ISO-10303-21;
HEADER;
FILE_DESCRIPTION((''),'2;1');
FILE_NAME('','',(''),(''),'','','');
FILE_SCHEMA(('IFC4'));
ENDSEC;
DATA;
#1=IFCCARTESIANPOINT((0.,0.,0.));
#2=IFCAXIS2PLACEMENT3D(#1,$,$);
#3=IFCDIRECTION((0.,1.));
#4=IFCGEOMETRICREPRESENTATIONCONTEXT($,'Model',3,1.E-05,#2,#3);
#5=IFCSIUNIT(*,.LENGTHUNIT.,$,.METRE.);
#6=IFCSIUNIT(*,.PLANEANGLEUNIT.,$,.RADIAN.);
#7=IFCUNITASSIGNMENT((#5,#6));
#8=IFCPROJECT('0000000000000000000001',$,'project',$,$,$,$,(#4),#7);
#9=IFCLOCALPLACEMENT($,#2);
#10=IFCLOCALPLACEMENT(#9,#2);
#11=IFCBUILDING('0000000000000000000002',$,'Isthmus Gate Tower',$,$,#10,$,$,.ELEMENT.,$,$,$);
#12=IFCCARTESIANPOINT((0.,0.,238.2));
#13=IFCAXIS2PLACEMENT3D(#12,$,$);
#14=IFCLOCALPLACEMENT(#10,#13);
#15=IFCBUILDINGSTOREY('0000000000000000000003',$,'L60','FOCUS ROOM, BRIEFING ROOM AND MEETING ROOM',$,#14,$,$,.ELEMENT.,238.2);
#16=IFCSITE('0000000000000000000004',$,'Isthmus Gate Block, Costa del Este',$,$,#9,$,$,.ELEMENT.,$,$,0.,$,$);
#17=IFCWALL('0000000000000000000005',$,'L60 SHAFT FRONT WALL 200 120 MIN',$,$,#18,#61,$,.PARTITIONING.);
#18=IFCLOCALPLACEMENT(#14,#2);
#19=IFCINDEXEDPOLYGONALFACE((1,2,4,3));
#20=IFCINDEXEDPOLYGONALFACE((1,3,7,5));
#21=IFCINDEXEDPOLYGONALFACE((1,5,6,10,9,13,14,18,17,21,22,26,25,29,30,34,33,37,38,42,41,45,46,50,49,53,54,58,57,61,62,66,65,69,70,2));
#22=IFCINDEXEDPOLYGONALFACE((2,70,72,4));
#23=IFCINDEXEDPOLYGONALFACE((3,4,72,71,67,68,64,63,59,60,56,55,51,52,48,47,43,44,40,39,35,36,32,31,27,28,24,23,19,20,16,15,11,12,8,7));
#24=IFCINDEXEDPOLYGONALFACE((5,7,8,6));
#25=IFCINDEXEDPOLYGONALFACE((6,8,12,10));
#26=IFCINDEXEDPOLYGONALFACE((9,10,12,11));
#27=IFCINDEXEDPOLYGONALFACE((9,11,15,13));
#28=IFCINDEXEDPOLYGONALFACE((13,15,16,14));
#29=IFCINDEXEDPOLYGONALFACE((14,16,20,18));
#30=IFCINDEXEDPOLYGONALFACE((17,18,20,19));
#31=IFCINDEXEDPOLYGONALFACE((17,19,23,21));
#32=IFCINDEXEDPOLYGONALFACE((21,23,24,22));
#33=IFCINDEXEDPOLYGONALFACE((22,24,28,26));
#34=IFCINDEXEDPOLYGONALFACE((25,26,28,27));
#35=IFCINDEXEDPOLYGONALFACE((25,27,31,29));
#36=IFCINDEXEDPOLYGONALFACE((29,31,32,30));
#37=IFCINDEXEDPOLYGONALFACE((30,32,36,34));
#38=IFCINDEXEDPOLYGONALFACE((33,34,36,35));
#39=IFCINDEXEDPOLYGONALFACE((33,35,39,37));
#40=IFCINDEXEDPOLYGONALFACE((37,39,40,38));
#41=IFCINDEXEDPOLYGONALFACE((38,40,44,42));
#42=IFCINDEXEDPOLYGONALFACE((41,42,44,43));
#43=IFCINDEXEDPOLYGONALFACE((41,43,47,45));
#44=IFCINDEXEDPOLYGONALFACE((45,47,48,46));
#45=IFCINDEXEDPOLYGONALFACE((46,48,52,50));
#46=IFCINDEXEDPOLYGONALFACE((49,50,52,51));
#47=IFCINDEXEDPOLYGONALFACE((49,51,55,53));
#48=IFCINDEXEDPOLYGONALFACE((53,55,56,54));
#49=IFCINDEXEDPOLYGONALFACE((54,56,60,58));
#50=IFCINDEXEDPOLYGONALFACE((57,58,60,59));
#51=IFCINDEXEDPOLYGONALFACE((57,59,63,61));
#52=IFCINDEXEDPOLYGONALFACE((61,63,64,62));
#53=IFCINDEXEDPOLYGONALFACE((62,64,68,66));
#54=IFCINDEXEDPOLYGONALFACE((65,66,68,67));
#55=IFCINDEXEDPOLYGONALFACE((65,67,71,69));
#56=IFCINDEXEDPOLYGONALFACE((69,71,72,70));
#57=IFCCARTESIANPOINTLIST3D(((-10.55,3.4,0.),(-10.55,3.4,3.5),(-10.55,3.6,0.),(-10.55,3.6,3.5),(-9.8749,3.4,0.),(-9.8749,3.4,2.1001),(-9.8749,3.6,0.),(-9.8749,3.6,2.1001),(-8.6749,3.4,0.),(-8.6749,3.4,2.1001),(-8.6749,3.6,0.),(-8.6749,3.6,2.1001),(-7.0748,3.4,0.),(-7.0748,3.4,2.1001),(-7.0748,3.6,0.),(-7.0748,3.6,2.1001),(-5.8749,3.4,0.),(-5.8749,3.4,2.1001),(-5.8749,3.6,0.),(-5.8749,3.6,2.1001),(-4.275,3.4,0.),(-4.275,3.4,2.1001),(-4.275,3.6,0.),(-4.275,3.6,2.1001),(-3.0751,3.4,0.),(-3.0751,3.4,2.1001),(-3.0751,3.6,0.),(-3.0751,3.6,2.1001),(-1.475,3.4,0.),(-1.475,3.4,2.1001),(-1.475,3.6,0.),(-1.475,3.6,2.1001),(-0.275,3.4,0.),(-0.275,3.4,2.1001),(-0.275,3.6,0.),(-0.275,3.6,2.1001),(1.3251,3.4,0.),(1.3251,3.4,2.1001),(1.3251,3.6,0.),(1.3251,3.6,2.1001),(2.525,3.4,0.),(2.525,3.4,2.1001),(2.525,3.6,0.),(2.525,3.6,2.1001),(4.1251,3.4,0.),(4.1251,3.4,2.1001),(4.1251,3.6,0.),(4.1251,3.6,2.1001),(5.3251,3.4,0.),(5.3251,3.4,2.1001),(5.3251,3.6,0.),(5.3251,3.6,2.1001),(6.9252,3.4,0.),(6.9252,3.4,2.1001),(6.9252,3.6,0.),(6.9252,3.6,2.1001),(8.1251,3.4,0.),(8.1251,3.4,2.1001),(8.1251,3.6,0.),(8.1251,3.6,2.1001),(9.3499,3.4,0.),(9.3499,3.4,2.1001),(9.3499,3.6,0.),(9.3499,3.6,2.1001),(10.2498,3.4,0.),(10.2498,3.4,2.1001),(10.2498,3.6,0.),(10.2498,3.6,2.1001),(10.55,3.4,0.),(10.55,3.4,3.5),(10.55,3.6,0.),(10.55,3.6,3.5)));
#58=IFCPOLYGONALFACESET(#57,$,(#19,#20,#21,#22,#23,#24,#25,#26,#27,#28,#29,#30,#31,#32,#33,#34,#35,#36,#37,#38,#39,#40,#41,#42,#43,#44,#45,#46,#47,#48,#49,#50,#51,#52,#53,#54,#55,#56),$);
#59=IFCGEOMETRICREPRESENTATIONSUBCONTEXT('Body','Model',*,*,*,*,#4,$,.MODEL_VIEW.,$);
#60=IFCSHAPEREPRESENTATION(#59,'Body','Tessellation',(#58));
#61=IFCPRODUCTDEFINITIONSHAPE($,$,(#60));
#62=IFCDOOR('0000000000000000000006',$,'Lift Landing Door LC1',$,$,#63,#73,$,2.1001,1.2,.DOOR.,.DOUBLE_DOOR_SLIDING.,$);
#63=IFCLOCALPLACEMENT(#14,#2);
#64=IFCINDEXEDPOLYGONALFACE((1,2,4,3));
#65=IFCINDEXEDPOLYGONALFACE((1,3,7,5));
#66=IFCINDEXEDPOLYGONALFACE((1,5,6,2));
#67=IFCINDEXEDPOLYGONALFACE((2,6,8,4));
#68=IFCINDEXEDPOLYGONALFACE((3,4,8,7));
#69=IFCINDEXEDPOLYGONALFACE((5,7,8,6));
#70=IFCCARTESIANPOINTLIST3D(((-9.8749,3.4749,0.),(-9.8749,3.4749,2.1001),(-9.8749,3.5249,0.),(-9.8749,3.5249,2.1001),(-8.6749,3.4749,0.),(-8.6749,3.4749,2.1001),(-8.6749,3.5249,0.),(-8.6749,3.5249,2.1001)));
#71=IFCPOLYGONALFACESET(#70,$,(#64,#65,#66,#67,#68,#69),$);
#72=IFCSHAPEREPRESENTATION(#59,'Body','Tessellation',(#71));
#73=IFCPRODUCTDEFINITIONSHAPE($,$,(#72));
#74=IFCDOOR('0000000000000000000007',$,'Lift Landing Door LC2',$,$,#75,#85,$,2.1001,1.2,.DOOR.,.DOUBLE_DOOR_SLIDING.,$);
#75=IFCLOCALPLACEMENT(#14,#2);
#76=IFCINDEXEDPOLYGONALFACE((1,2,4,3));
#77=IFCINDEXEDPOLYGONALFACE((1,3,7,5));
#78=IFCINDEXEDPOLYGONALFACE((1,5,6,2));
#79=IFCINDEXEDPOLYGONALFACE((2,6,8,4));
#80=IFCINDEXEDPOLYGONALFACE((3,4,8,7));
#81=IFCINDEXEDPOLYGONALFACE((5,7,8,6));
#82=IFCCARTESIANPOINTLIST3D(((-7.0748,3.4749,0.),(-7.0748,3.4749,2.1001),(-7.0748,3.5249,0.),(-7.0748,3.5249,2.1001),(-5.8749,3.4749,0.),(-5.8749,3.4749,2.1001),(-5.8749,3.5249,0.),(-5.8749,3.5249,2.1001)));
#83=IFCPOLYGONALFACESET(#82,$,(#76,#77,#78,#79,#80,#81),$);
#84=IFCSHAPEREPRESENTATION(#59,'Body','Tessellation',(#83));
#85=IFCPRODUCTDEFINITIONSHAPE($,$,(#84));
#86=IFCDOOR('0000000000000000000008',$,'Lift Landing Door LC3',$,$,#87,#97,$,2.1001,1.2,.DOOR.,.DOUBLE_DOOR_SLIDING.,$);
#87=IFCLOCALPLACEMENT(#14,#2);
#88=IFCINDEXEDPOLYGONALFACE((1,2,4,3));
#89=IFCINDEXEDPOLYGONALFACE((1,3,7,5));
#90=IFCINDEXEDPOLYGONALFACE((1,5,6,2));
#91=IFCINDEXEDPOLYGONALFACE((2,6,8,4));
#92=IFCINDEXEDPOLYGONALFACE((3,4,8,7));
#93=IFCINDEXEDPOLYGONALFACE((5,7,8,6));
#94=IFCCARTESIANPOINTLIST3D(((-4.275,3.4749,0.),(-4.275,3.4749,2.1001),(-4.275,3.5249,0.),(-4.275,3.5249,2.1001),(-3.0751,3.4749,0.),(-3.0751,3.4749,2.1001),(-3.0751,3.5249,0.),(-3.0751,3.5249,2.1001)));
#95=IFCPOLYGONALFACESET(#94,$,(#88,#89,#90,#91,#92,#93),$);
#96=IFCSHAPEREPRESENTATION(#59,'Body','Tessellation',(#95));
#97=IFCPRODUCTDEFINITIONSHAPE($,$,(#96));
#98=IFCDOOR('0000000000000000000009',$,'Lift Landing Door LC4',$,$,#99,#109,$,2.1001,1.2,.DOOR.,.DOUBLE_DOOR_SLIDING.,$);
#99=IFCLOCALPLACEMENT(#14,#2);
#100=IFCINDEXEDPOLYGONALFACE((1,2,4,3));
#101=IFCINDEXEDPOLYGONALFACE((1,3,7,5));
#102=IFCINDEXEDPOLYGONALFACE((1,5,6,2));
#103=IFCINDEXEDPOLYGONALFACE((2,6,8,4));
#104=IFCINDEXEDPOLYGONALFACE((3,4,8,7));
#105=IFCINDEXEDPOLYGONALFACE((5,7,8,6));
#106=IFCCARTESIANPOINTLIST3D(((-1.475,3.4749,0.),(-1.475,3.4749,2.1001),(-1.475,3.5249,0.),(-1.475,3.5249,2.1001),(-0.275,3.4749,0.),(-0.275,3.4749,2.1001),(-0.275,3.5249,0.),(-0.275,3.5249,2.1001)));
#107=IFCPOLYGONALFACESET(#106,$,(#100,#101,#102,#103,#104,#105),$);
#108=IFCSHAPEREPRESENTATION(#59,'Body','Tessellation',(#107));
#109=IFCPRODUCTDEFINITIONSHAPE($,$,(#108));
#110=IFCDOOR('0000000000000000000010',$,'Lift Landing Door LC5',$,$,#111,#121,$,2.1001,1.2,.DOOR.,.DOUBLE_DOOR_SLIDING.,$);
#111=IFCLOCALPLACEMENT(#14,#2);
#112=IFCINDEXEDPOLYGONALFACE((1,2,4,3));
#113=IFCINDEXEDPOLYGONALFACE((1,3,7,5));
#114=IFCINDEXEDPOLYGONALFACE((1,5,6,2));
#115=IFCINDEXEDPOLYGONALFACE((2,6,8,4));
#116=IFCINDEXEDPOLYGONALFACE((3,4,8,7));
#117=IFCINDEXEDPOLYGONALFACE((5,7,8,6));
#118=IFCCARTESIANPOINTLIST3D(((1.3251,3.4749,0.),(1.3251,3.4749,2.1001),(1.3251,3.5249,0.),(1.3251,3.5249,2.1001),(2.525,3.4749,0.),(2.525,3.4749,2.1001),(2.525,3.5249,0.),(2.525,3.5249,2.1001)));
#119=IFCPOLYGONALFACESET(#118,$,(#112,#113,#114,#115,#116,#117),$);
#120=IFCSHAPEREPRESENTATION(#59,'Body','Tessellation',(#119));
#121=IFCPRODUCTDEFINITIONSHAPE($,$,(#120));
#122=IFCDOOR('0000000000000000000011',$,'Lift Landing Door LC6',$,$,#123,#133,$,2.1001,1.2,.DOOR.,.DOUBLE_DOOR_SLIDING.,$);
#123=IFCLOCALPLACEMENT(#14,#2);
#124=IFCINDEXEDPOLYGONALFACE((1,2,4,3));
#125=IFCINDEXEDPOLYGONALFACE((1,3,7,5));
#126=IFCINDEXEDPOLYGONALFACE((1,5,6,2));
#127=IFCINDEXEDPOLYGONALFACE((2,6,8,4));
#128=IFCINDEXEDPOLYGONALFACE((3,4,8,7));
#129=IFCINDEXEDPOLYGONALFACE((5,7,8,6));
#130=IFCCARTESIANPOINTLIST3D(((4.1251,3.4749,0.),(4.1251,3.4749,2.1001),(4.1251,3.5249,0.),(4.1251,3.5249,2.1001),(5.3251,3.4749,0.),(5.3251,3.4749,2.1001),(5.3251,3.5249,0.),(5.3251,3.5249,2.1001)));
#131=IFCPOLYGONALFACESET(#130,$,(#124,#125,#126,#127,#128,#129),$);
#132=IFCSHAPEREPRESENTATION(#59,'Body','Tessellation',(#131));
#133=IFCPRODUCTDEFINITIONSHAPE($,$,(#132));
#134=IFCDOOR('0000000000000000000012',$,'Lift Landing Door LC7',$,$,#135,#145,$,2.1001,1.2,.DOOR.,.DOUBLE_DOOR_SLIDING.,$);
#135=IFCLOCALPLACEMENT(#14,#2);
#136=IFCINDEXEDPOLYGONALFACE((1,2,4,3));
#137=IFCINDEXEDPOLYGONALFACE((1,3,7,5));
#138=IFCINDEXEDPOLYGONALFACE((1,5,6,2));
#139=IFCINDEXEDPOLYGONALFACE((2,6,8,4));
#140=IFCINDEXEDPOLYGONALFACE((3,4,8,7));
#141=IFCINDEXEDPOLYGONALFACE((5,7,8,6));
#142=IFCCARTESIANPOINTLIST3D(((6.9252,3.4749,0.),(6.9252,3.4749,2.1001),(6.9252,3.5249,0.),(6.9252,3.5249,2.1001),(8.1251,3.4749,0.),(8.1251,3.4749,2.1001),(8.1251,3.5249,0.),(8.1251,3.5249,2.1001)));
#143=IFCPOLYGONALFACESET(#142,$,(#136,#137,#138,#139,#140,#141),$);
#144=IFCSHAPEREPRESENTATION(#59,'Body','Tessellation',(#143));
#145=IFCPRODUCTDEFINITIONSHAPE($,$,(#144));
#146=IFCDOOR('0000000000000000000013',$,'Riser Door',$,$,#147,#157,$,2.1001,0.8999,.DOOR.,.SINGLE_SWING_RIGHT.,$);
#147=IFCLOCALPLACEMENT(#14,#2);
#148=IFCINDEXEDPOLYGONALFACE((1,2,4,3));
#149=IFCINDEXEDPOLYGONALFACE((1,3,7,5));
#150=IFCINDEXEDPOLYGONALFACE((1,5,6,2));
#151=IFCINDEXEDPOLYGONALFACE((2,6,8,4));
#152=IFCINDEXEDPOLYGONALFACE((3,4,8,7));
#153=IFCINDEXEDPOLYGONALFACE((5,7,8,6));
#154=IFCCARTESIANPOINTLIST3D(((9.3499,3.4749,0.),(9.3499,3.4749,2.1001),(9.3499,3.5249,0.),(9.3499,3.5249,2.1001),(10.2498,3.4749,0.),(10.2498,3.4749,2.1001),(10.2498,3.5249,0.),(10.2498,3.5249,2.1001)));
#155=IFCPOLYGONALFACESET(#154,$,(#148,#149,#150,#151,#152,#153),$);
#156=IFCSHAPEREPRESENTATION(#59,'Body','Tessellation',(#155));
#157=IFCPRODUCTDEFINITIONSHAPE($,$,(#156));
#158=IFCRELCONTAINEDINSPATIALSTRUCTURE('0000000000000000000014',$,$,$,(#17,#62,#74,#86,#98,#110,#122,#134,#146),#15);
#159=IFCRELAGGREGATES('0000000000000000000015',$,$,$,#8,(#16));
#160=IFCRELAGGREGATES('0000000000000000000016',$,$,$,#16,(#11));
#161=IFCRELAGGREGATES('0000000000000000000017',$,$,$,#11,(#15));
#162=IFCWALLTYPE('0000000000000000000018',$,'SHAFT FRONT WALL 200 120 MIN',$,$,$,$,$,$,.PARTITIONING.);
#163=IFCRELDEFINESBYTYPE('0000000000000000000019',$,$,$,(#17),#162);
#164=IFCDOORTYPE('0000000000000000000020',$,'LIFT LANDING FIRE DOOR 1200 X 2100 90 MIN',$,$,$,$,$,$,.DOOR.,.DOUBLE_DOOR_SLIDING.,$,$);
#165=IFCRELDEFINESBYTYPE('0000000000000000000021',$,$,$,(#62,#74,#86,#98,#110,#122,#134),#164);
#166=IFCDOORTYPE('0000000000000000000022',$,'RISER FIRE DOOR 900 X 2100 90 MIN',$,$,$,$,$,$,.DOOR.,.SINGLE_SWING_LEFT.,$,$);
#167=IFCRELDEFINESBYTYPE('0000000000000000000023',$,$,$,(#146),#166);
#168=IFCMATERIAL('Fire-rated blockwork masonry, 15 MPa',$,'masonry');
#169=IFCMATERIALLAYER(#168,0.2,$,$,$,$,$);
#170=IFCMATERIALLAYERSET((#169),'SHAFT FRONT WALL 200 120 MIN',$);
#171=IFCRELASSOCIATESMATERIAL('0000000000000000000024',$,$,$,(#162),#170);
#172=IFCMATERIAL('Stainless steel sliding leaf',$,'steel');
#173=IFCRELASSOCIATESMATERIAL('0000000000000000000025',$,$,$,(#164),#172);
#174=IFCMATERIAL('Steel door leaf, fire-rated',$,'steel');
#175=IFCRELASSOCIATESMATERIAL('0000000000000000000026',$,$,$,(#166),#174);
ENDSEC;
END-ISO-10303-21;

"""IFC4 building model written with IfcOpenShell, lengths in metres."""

from ifc_helpers import new_model, si_unit, direction, frame, frame_2d, origin, place, context, subcontext, project, spatial, rectangle, extrude, material, layer, layer_set, type_object, element, fill, save


model = new_model("IFC4")

# Units and contexts
model_context = context("Model", 3, precision=1e-05, world=origin(), true_north=direction((0.0, 1.0)))
body_context = subcontext(model_context, "Body", "Model", "MODEL_VIEW")
ifc_project = project(units=[si_unit("LENGTHUNIT", "METRE"), si_unit("PLANEANGLEUNIT", "RADIAN")], contexts=[model_context])

# Site, building, storey
site_placement = place(None, origin())
site = spatial("IfcSite", under=ifc_project, at=site_placement, Name="Isthmus Gate Block, Costa del Este", CompositionType="ELEMENT", RefElevation=0.0)
building_placement = place(site_placement, origin())
building = spatial("IfcBuilding", under=site, at=building_placement, Name="Isthmus Gate Tower", CompositionType="ELEMENT")
storey_placement = place(building_placement, frame((0.0, 0.0, 238.2)))
storey = spatial("IfcBuildingStorey", under=building, at=storey_placement, Name="L60", Description="FOCUS ROOM, BRIEFING ROOM AND MEETING ROOM", CompositionType="ELEMENT", Elevation=238.2)

# Wall, openings, doors
ifc_material_1 = material(Name="Fire-rated blockwork masonry, 15 MPa", Category="masonry")
ifc_layer_1 = layer(ifc_material_1, 0.2)
ifc_layer_set_1 = layer_set([ifc_layer_1], Name="SHAFT FRONT WALL 200 120 MIN")
wall_type_1 = type_object("IfcWallType", Name="SHAFT FRONT WALL 200 120 MIN", PredefinedType="PARTITIONING", material=ifc_layer_set_1)
wall_1_placement = place(storey_placement, frame((-10.55, 3.5, 0.0), z_axis=(0.0, 0.0, 1.0), x_axis=(1.0, 0.0, 0.0)))
wall_1 = element("IfcWall", 1, at=wall_1_placement, inside=storey, type_object=wall_type_1, Name="L60 SHAFT FRONT WALL 200 120 MIN", PredefinedType="PARTITIONING", context=body_context, shape_type="SweptSolid", body=[
    extrude(rectangle(XDim=21.1001, YDim=0.2, at=frame_2d((10.55, 0.0))), origin(), (0.0, 0.0, 1.0), 3.5),
])
opening_1_placement = place(wall_1_placement, frame((0.675, 0.0, 0.0)))
opening_1 = element("IfcOpeningElement", 2, at=opening_1_placement, cuts=wall_1, PredefinedType="OPENING", context=body_context, shape_type="SweptSolid", body=[
    extrude(rectangle(XDim=1.2, YDim=2.1001, at=frame_2d((0.6001, 1.05))), frame((0.0, 0.1099, 0.0), z_axis=(0.0, -1.0, 0.0), x_axis=(1.0, 0.0, 0.0)), (0.0, 0.0, 1.0), 0.22),
])
opening_2_placement = place(wall_1_placement, frame((3.4751, 0.0, 0.0)))
opening_2 = element("IfcOpeningElement", 3, at=opening_2_placement, cuts=wall_1, PredefinedType="OPENING", context=body_context, shape_type="SweptSolid", body=[
    extrude(rectangle(XDim=1.2, YDim=2.1001, at=frame_2d((0.6001, 1.05))), frame((0.0, 0.1099, 0.0), z_axis=(0.0, -1.0, 0.0), x_axis=(1.0, 0.0, 0.0)), (0.0, 0.0, 1.0), 0.22),
])
opening_3_placement = place(wall_1_placement, frame((6.2749, 0.0, 0.0)))
opening_3 = element("IfcOpeningElement", 4, at=opening_3_placement, cuts=wall_1, PredefinedType="OPENING", context=body_context, shape_type="SweptSolid", body=[
    extrude(rectangle(XDim=1.2, YDim=2.1001, at=frame_2d((0.6001, 1.05))), frame((0.0, 0.1099, 0.0), z_axis=(0.0, -1.0, 0.0), x_axis=(1.0, 0.0, 0.0)), (0.0, 0.0, 1.0), 0.22),
])
opening_4_placement = place(wall_1_placement, frame((9.075, 0.0, 0.0)))
opening_4 = element("IfcOpeningElement", 5, at=opening_4_placement, cuts=wall_1, PredefinedType="OPENING", context=body_context, shape_type="SweptSolid", body=[
    extrude(rectangle(XDim=1.2, YDim=2.1001, at=frame_2d((0.6001, 1.05))), frame((0.0, 0.1099, 0.0), z_axis=(0.0, -1.0, 0.0), x_axis=(1.0, 0.0, 0.0)), (0.0, 0.0, 1.0), 0.22),
])
opening_5_placement = place(wall_1_placement, frame((11.875, 0.0, 0.0)))
opening_5 = element("IfcOpeningElement", 6, at=opening_5_placement, cuts=wall_1, PredefinedType="OPENING", context=body_context, shape_type="SweptSolid", body=[
    extrude(rectangle(XDim=1.2, YDim=2.1001, at=frame_2d((0.6001, 1.05))), frame((0.0, 0.1099, 0.0), z_axis=(0.0, -1.0, 0.0), x_axis=(1.0, 0.0, 0.0)), (0.0, 0.0, 1.0), 0.22),
])
opening_6_placement = place(wall_1_placement, frame((14.675, 0.0, 0.0)))
opening_6 = element("IfcOpeningElement", 7, at=opening_6_placement, cuts=wall_1, PredefinedType="OPENING", context=body_context, shape_type="SweptSolid", body=[
    extrude(rectangle(XDim=1.2, YDim=2.1001, at=frame_2d((0.6001, 1.05))), frame((0.0, 0.1099, 0.0), z_axis=(0.0, -1.0, 0.0), x_axis=(1.0, 0.0, 0.0)), (0.0, 0.0, 1.0), 0.22),
])
opening_7_placement = place(wall_1_placement, frame((17.4751, 0.0, 0.0)))
opening_7 = element("IfcOpeningElement", 8, at=opening_7_placement, cuts=wall_1, PredefinedType="OPENING", context=body_context, shape_type="SweptSolid", body=[
    extrude(rectangle(XDim=1.2, YDim=2.1001, at=frame_2d((0.6001, 1.05))), frame((0.0, 0.1099, 0.0), z_axis=(0.0, -1.0, 0.0), x_axis=(1.0, 0.0, 0.0)), (0.0, 0.0, 1.0), 0.22),
])
opening_8_placement = place(wall_1_placement, frame((19.8999, 0.0, 0.0)))
opening_8 = element("IfcOpeningElement", 9, at=opening_8_placement, cuts=wall_1, PredefinedType="OPENING", context=body_context, shape_type="SweptSolid", body=[
    extrude(rectangle(XDim=0.8999, YDim=2.1001, at=frame_2d((0.45, 1.05))), frame((0.0, 0.1099, 0.0), z_axis=(0.0, -1.0, 0.0), x_axis=(1.0, 0.0, 0.0)), (0.0, 0.0, 1.0), 0.22),
])
ifc_material_2 = material(Name="Stainless steel sliding leaf", Category="steel")
door_type_1 = type_object("IfcDoorType", Name="LIFT LANDING FIRE DOOR 1200 X 2100 90 MIN", OperationType="DOUBLE_DOOR_SLIDING", PredefinedType="DOOR", material=ifc_material_2)
door_1_placement = place(opening_1_placement, origin())
door_1 = element("IfcDoor", 10, at=door_1_placement, inside=storey, type_object=door_type_1, Name="Lift Landing Door LC1", OperationType="DOUBLE_DOOR_SLIDING", OverallHeight=2.1001, OverallWidth=1.2, PredefinedType="DOOR", context=body_context, shape_type="SweptSolid", body=[
    extrude(rectangle(XDim=1.2, YDim=2.1001, at=frame_2d((0.6001, 1.05))), frame((0.0, 0.0249, 0.0), z_axis=(0.0, -1.0, 0.0), x_axis=(1.0, 0.0, 0.0)), (0.0, 0.0, 1.0), 0.05),
])
fill(opening_1, door_1)
door_2_placement = place(opening_2_placement, origin())
door_2 = element("IfcDoor", 11, at=door_2_placement, inside=storey, type_object=door_type_1, Name="Lift Landing Door LC2", OperationType="DOUBLE_DOOR_SLIDING", OverallHeight=2.1001, OverallWidth=1.2, PredefinedType="DOOR", context=body_context, shape_type="SweptSolid", body=[
    extrude(rectangle(XDim=1.2, YDim=2.1001, at=frame_2d((0.6001, 1.05))), frame((0.0, 0.0249, 0.0), z_axis=(0.0, -1.0, 0.0), x_axis=(1.0, 0.0, 0.0)), (0.0, 0.0, 1.0), 0.05),
])
fill(opening_2, door_2)
door_3_placement = place(opening_3_placement, origin())
door_3 = element("IfcDoor", 12, at=door_3_placement, inside=storey, type_object=door_type_1, Name="Lift Landing Door LC3", OperationType="DOUBLE_DOOR_SLIDING", OverallHeight=2.1001, OverallWidth=1.2, PredefinedType="DOOR", context=body_context, shape_type="SweptSolid", body=[
    extrude(rectangle(XDim=1.2, YDim=2.1001, at=frame_2d((0.6001, 1.05))), frame((0.0, 0.0249, 0.0), z_axis=(0.0, -1.0, 0.0), x_axis=(1.0, 0.0, 0.0)), (0.0, 0.0, 1.0), 0.05),
])
fill(opening_3, door_3)
door_4_placement = place(opening_4_placement, origin())
door_4 = element("IfcDoor", 13, at=door_4_placement, inside=storey, type_object=door_type_1, Name="Lift Landing Door LC4", OperationType="DOUBLE_DOOR_SLIDING", OverallHeight=2.1001, OverallWidth=1.2, PredefinedType="DOOR", context=body_context, shape_type="SweptSolid", body=[
    extrude(rectangle(XDim=1.2, YDim=2.1001, at=frame_2d((0.6001, 1.05))), frame((0.0, 0.0249, 0.0), z_axis=(0.0, -1.0, 0.0), x_axis=(1.0, 0.0, 0.0)), (0.0, 0.0, 1.0), 0.05),
])
fill(opening_4, door_4)
door_5_placement = place(opening_5_placement, origin())
door_5 = element("IfcDoor", 14, at=door_5_placement, inside=storey, type_object=door_type_1, Name="Lift Landing Door LC5", OperationType="DOUBLE_DOOR_SLIDING", OverallHeight=2.1001, OverallWidth=1.2, PredefinedType="DOOR", context=body_context, shape_type="SweptSolid", body=[
    extrude(rectangle(XDim=1.2, YDim=2.1001, at=frame_2d((0.6001, 1.05))), frame((0.0, 0.0249, 0.0), z_axis=(0.0, -1.0, 0.0), x_axis=(1.0, 0.0, 0.0)), (0.0, 0.0, 1.0), 0.05),
])
fill(opening_5, door_5)
door_6_placement = place(opening_6_placement, origin())
door_6 = element("IfcDoor", 15, at=door_6_placement, inside=storey, type_object=door_type_1, Name="Lift Landing Door LC6", OperationType="DOUBLE_DOOR_SLIDING", OverallHeight=2.1001, OverallWidth=1.2, PredefinedType="DOOR", context=body_context, shape_type="SweptSolid", body=[
    extrude(rectangle(XDim=1.2, YDim=2.1001, at=frame_2d((0.6001, 1.05))), frame((0.0, 0.0249, 0.0), z_axis=(0.0, -1.0, 0.0), x_axis=(1.0, 0.0, 0.0)), (0.0, 0.0, 1.0), 0.05),
])
fill(opening_6, door_6)
door_7_placement = place(opening_7_placement, origin())
door_7 = element("IfcDoor", 16, at=door_7_placement, inside=storey, type_object=door_type_1, Name="Lift Landing Door LC7", OperationType="DOUBLE_DOOR_SLIDING", OverallHeight=2.1001, OverallWidth=1.2, PredefinedType="DOOR", context=body_context, shape_type="SweptSolid", body=[
    extrude(rectangle(XDim=1.2, YDim=2.1001, at=frame_2d((0.6001, 1.05))), frame((0.0, 0.0249, 0.0), z_axis=(0.0, -1.0, 0.0), x_axis=(1.0, 0.0, 0.0)), (0.0, 0.0, 1.0), 0.05),
])
fill(opening_7, door_7)
ifc_material_3 = material(Name="Steel door leaf, fire-rated", Category="steel")
door_type_2 = type_object("IfcDoorType", Name="RISER FIRE DOOR 900 X 2100 90 MIN", OperationType="SINGLE_SWING_LEFT", PredefinedType="DOOR", material=ifc_material_3)
door_8_placement = place(opening_8_placement, origin())
door_8 = element("IfcDoor", 17, at=door_8_placement, inside=storey, type_object=door_type_2, Name="Riser Door", OperationType="SINGLE_SWING_RIGHT", OverallHeight=2.1001, OverallWidth=0.8999, PredefinedType="DOOR", context=body_context, shape_type="SweptSolid", body=[
    extrude(rectangle(XDim=0.8999, YDim=2.1001, at=frame_2d((0.45, 1.05))), frame((0.0, 0.0249, 0.0), z_axis=(0.0, -1.0, 0.0), x_axis=(1.0, 0.0, 0.0)), (0.0, 0.0, 1.0), 0.05),
])
fill(opening_8, door_8)

save(model, "model.ifc")
